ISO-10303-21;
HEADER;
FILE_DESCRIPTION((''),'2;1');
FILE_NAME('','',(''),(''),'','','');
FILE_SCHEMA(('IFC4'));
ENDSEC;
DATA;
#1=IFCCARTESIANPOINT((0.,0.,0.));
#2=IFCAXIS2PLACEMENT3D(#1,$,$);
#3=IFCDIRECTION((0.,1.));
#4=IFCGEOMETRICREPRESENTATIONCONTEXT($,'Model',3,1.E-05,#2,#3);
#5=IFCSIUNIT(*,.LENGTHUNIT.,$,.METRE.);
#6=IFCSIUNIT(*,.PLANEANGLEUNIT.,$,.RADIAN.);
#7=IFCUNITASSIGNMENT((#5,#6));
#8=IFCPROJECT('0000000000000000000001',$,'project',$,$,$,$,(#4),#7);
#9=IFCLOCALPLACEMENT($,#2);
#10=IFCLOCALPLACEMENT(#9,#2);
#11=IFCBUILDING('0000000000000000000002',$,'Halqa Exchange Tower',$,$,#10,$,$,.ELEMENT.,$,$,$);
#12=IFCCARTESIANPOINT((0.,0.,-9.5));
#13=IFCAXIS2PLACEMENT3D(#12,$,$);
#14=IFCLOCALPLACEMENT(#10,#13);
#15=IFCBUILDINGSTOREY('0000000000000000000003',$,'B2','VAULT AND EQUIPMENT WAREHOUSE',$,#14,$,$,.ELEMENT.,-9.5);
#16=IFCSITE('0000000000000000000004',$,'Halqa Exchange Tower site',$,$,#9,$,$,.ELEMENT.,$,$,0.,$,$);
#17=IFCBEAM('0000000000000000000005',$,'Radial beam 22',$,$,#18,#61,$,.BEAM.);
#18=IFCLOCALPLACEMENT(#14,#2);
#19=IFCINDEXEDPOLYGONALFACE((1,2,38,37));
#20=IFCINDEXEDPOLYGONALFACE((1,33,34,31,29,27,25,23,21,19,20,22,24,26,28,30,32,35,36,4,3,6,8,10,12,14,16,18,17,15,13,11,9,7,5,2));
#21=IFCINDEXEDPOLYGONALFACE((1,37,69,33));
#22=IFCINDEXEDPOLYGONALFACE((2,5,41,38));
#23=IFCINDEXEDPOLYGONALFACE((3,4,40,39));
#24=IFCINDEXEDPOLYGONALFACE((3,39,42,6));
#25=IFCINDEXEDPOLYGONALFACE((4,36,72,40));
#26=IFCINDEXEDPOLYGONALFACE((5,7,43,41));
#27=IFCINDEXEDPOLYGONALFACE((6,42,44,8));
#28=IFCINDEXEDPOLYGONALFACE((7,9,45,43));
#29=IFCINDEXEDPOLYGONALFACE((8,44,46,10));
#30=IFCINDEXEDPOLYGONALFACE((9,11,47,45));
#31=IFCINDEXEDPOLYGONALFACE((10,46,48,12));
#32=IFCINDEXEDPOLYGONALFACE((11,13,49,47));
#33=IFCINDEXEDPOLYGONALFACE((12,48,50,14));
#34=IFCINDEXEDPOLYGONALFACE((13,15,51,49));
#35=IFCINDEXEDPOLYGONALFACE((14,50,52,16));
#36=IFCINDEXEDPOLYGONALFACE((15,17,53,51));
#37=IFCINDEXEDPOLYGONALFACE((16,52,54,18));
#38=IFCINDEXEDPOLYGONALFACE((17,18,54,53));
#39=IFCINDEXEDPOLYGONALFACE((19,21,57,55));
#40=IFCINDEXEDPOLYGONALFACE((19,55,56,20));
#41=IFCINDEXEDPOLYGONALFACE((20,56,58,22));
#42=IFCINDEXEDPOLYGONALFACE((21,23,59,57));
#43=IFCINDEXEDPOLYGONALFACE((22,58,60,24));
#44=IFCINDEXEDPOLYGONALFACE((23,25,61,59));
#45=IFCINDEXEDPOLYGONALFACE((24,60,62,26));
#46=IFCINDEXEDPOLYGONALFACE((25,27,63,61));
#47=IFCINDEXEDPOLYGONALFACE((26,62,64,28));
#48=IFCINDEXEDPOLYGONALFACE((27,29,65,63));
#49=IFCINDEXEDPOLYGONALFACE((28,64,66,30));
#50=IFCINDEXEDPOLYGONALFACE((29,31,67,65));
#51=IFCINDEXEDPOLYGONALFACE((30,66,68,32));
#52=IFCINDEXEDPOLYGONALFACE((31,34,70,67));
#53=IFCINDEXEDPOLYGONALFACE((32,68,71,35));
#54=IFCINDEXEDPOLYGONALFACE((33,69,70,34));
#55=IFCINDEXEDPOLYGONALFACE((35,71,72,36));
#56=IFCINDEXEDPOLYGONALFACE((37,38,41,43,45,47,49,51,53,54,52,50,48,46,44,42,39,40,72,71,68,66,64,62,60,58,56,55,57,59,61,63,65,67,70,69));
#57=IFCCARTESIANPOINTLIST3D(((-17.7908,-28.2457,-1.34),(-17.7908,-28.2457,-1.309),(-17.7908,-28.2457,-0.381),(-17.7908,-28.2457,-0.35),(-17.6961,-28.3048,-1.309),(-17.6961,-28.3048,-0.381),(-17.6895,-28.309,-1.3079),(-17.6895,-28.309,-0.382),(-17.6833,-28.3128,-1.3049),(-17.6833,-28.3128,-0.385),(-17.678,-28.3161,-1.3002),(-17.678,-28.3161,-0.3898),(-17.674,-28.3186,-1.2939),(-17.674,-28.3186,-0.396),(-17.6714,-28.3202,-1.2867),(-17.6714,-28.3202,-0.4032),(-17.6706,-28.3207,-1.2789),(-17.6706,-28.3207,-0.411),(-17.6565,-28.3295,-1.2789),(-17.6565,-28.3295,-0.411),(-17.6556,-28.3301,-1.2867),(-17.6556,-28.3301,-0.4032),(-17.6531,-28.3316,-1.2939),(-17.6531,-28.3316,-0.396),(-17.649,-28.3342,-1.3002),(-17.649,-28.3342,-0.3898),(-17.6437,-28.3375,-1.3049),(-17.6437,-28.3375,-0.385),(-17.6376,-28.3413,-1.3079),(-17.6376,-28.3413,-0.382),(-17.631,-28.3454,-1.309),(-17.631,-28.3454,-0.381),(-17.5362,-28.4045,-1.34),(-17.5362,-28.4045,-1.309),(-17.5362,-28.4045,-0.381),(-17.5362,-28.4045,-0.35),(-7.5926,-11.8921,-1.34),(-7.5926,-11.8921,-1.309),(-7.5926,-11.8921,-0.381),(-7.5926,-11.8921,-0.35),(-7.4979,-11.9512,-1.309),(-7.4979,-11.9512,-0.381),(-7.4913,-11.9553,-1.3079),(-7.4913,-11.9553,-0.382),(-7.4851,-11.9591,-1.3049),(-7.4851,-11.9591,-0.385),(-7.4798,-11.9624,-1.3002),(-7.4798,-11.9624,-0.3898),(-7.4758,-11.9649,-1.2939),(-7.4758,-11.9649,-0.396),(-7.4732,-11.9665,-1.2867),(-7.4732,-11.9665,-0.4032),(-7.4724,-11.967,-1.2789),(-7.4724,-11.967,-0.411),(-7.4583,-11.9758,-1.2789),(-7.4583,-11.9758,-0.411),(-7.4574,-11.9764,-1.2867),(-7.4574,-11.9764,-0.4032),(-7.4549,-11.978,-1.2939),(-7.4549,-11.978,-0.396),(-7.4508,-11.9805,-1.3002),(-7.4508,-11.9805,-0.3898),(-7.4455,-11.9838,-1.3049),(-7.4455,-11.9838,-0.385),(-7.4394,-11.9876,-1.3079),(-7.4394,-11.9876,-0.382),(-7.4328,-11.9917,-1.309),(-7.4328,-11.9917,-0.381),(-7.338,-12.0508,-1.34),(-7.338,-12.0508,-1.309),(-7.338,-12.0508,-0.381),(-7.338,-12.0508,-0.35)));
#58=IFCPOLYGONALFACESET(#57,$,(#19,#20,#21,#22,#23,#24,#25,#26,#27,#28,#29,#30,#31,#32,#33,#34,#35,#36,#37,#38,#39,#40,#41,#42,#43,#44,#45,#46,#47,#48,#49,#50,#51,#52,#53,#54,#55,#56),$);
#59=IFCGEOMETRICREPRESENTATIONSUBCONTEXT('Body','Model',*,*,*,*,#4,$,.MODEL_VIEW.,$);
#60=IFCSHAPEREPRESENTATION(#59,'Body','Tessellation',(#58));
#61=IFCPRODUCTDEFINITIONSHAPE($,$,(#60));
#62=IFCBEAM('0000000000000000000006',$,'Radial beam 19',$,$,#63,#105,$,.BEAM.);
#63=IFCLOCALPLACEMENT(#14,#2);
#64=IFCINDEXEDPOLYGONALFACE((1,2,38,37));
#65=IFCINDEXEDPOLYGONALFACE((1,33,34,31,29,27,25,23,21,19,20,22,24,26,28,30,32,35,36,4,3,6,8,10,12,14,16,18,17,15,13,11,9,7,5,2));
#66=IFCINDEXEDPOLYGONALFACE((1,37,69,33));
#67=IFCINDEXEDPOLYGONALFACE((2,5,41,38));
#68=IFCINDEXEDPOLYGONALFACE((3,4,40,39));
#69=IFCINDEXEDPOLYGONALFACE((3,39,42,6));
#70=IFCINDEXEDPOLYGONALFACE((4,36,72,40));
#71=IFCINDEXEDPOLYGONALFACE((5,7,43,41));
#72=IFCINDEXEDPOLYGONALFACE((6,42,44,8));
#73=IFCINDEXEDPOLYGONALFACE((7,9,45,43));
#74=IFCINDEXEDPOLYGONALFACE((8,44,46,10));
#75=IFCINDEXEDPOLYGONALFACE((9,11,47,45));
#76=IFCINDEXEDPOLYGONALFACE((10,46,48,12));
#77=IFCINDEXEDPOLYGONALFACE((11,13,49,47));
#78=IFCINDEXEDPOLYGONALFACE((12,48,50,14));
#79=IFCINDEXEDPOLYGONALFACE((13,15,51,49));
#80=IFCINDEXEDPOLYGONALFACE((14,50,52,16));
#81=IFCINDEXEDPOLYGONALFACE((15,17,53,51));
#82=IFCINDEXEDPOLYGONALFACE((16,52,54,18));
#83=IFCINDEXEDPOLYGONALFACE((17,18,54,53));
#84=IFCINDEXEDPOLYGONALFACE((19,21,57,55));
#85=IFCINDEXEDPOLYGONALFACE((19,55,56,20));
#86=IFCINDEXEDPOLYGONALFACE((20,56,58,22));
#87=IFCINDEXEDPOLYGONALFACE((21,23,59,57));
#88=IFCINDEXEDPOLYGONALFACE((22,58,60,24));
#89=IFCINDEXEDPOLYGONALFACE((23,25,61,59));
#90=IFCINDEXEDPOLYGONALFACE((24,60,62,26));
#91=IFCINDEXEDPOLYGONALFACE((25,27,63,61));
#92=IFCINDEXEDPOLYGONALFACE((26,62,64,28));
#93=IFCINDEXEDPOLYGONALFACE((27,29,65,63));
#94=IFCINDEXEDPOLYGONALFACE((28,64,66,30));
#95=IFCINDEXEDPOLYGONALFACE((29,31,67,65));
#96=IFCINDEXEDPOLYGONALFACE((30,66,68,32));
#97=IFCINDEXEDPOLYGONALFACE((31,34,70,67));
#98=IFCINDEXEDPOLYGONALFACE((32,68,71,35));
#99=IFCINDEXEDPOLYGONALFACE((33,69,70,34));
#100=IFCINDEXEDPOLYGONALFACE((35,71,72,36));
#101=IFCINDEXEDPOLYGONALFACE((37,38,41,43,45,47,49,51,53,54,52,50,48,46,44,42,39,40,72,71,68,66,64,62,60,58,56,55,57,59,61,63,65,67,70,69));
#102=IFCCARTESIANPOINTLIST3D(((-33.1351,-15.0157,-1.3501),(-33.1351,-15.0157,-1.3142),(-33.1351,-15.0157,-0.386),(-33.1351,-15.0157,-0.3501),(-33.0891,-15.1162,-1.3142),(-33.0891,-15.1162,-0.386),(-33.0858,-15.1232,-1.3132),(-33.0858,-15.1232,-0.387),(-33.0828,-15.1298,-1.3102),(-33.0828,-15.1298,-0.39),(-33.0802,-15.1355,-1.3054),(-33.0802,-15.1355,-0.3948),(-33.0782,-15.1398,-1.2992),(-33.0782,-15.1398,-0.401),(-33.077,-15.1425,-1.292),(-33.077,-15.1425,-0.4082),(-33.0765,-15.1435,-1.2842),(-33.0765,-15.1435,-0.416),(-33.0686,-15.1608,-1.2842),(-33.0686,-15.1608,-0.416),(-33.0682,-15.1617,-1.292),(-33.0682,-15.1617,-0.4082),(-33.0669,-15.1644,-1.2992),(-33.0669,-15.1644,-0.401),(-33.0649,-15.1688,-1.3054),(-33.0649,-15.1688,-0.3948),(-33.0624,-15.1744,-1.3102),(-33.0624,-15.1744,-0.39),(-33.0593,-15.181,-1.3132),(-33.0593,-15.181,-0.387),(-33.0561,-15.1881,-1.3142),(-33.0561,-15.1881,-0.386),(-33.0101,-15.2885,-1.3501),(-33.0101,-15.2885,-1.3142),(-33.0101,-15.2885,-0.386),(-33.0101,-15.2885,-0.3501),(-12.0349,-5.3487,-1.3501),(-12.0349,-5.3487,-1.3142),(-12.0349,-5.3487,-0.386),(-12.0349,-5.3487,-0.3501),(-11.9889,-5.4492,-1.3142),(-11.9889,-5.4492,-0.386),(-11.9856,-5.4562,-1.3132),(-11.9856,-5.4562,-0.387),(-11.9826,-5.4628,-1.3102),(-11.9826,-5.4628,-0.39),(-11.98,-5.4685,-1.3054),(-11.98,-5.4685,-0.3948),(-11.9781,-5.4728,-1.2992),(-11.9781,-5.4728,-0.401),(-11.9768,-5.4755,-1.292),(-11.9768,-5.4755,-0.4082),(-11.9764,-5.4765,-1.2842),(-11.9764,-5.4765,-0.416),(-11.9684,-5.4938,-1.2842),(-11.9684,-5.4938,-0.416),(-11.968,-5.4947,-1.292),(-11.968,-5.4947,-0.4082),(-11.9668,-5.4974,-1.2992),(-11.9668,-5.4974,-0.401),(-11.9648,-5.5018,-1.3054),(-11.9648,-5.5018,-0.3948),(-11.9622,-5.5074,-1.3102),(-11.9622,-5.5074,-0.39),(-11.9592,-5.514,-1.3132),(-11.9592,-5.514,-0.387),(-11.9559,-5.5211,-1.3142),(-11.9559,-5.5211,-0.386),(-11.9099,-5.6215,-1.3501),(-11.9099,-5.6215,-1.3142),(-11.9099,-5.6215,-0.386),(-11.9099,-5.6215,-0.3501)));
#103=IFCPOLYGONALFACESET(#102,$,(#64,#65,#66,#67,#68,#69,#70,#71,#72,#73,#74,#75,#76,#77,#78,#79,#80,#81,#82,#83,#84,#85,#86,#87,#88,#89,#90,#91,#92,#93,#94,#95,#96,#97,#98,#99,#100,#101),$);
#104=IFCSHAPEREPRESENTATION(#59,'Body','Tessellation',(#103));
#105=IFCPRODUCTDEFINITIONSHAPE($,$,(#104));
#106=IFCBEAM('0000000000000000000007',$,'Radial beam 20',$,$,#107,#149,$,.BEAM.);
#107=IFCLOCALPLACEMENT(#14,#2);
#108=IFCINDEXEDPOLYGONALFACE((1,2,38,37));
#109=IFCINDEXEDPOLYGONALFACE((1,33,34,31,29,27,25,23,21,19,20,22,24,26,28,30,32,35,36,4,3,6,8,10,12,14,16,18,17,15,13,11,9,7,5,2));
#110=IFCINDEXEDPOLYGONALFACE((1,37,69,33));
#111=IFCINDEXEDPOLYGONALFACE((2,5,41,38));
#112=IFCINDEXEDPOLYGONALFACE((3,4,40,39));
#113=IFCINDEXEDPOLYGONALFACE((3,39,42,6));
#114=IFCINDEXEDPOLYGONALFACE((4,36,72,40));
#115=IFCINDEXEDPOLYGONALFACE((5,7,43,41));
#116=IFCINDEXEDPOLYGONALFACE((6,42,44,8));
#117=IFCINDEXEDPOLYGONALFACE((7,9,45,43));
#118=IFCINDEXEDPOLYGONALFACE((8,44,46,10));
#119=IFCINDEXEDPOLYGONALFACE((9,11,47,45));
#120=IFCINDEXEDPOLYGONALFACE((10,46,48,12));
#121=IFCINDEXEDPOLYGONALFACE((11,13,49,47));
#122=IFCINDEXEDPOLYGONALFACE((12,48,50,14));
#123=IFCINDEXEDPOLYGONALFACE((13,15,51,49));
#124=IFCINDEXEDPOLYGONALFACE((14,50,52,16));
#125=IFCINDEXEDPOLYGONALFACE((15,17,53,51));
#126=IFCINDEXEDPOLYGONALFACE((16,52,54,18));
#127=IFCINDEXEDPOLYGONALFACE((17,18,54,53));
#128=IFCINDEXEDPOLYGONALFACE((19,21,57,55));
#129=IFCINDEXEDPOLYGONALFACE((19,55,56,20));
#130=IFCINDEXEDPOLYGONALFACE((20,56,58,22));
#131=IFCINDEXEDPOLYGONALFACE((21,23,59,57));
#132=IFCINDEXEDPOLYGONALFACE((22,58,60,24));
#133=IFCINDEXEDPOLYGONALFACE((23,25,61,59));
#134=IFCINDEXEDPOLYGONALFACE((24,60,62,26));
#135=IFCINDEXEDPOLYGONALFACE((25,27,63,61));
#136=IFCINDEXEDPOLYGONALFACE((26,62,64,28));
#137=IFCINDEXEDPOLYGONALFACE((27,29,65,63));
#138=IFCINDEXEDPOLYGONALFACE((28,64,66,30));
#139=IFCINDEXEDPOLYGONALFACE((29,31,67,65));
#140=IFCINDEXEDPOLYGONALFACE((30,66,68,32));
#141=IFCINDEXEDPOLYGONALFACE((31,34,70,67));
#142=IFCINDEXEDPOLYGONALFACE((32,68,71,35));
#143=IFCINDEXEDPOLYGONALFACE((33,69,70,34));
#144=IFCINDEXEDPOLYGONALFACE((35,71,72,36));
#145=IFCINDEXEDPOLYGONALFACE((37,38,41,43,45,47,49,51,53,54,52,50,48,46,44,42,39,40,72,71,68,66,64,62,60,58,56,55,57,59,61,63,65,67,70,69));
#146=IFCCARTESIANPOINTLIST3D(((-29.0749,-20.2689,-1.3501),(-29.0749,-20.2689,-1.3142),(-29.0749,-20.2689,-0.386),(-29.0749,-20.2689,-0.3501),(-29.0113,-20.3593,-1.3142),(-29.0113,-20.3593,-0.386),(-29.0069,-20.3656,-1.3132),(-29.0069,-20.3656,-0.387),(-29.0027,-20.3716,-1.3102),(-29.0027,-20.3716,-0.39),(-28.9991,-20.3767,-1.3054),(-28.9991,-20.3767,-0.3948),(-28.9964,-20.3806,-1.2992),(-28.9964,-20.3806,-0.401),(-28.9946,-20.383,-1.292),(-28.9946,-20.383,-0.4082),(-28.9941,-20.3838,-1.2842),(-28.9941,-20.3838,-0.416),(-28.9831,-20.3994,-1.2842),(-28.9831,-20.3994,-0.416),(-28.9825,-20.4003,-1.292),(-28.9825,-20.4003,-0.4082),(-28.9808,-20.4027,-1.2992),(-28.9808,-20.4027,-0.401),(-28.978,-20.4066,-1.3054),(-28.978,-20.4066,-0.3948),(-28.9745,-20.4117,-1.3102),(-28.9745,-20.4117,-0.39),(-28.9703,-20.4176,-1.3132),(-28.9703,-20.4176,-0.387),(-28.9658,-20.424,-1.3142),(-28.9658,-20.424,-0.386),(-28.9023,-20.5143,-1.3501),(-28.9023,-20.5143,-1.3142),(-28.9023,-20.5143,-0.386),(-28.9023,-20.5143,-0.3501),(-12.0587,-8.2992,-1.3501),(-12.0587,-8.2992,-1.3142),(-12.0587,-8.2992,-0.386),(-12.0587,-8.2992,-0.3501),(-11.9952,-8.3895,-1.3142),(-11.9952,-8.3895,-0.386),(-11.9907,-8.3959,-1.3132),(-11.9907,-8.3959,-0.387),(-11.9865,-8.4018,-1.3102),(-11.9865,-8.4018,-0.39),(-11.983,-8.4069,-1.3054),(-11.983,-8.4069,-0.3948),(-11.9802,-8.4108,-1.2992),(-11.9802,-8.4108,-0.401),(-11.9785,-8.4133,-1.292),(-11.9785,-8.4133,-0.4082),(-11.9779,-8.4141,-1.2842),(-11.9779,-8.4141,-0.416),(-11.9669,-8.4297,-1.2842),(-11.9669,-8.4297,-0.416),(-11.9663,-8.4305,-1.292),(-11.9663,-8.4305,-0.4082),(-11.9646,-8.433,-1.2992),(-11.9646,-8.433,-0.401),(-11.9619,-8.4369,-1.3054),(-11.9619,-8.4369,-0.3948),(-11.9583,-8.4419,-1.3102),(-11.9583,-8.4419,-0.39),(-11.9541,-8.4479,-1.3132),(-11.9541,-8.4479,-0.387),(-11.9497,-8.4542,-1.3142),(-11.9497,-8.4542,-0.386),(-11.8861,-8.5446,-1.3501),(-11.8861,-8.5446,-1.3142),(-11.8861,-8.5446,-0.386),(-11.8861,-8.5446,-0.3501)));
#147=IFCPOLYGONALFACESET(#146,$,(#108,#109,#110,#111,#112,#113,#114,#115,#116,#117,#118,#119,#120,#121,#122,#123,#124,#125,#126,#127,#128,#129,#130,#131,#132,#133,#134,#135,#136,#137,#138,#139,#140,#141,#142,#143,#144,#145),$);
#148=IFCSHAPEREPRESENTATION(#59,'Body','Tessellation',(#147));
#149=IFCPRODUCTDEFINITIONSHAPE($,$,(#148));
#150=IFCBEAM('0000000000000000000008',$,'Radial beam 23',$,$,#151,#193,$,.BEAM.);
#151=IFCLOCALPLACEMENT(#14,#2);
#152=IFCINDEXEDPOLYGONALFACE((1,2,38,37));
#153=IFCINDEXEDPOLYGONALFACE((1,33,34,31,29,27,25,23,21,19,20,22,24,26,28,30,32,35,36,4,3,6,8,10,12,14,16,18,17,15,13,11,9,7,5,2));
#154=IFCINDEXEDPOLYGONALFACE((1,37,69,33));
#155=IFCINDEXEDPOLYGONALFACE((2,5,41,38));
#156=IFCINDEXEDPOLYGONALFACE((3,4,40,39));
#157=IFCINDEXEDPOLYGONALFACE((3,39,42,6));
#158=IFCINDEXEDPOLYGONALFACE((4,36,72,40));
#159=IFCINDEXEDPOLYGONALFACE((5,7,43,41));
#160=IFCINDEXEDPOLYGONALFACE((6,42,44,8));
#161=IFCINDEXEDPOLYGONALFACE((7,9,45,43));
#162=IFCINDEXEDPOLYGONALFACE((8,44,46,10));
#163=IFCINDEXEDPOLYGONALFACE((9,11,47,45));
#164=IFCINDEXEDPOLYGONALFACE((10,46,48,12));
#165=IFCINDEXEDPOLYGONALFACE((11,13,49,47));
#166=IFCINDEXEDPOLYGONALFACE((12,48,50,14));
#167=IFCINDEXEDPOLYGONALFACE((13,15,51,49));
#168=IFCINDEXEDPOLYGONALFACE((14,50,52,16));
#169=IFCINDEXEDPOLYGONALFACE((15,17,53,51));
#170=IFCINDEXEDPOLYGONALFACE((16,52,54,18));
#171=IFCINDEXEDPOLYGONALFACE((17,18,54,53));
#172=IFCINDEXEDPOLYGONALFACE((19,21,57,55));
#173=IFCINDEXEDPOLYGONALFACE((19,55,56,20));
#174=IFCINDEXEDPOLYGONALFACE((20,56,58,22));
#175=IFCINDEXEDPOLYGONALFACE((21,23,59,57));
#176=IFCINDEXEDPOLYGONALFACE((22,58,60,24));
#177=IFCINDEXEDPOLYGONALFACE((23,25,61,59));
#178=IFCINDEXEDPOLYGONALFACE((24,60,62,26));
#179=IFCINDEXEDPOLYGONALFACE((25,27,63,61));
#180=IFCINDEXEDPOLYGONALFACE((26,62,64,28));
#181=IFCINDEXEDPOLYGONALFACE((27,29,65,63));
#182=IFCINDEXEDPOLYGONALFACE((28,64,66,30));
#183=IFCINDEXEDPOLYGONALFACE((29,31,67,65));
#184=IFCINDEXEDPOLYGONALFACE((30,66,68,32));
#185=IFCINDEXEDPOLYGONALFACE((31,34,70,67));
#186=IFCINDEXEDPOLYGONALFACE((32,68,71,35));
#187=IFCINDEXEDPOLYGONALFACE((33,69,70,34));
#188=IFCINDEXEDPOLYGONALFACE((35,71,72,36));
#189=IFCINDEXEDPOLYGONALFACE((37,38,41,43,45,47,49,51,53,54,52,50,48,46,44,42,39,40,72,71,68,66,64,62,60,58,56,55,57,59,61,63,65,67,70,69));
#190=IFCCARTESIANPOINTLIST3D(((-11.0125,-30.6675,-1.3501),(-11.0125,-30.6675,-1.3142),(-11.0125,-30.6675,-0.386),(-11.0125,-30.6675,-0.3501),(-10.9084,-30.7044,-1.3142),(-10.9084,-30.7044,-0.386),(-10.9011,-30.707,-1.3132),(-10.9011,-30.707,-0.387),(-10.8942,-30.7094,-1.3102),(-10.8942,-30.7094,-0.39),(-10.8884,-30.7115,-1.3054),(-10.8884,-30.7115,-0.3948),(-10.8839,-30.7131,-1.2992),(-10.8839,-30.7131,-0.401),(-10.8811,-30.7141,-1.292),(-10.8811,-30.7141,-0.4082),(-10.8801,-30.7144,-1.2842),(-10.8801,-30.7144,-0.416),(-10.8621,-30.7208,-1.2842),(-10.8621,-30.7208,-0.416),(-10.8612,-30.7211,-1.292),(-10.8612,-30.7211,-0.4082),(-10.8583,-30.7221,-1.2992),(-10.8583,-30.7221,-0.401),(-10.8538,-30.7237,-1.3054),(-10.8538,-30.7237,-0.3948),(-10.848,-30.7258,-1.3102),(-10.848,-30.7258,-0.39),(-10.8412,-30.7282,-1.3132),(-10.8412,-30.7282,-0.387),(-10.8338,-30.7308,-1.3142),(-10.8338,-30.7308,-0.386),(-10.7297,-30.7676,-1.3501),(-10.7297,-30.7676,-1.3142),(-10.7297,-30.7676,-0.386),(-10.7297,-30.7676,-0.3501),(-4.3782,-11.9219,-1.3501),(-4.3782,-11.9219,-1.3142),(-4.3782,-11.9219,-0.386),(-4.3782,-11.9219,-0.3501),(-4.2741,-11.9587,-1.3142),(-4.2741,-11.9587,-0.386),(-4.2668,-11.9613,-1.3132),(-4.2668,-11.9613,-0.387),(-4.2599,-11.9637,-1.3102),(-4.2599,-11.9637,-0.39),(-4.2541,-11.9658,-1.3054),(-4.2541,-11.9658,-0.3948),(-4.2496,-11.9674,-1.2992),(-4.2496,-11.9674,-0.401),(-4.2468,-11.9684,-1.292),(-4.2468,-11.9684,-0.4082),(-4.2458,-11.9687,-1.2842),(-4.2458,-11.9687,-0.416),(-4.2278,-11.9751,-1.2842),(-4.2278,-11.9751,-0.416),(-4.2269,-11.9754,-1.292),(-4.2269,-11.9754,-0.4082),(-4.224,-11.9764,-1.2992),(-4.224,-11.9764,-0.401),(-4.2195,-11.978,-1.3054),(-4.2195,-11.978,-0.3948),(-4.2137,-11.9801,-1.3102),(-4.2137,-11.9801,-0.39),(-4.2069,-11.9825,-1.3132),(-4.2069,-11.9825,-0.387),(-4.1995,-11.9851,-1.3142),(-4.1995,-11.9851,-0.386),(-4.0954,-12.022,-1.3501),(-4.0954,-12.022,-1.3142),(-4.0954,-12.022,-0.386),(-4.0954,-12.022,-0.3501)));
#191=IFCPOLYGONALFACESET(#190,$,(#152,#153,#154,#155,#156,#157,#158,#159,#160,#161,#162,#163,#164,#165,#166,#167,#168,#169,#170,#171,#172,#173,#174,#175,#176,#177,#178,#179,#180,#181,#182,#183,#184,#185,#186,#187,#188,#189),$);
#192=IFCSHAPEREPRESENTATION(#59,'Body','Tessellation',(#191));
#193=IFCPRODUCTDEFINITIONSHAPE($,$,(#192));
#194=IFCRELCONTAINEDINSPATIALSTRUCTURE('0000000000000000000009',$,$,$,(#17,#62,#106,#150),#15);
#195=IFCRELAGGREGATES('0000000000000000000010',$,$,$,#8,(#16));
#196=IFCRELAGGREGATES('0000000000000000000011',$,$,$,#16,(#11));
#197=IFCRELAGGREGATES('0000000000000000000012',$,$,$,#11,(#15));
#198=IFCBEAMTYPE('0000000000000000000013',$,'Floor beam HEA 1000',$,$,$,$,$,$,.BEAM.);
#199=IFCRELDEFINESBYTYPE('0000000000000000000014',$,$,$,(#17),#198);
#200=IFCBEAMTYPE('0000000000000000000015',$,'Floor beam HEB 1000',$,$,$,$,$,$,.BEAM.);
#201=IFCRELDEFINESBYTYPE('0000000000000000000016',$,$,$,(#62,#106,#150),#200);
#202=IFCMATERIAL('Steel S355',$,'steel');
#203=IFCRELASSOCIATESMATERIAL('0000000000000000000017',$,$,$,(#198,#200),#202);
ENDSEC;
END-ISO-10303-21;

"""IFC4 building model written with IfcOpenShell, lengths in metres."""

from ifc_helpers import new_model, si_unit, direction, frame, origin, origin_2d, place, context, subcontext, project, spatial, i_section, extrude, material, material_profile, profile_set, type_object, element, save


model = new_model("IFC4")

# Units and contexts
model_context = context("Model", 3, precision=1e-05, world=origin(), true_north=direction((0.0, 1.0)))
body_context = subcontext(model_context, "Body", "Model", "MODEL_VIEW")
ifc_project = project(units=[si_unit("LENGTHUNIT", "METRE"), si_unit("PLANEANGLEUNIT", "RADIAN")], contexts=[model_context])

# Site, building, storey
site_placement = place(None, origin())
site = spatial("IfcSite", under=ifc_project, at=site_placement, Name="Halqa Exchange Tower site", CompositionType="ELEMENT", RefElevation=0.0)
building_placement = place(site_placement, origin())
building = spatial("IfcBuilding", under=site, at=building_placement, Name="Halqa Exchange Tower", CompositionType="ELEMENT")
storey_placement = place(building_placement, frame((0.0, 0.0, -9.5)))
storey = spatial("IfcBuildingStorey", under=building, at=storey_placement, Name="B2", Description="VAULT AND EQUIPMENT WAREHOUSE", CompositionType="ELEMENT", Elevation=-9.5)

# Beams
ifc_material_1 = material(Name="Steel S355", Category="steel")
ifc_material_profile_1 = material_profile(ifc_material_1, i_section(OverallWidth=0.3, OverallDepth=0.99, WebThickness=0.0166, FlangeThickness=0.031, FilletRadius=0.03, at=origin_2d()), Name="HEA 1000")
ifc_profile_set_1 = profile_set([ifc_material_profile_1], Name="Steel S355")
beam_type_1 = type_object("IfcBeamType", Name="Floor beam HEA 1000", PredefinedType="BEAM", material=ifc_profile_set_1)
beam_1_placement = place(storey_placement, frame((-7.4653, -11.9714, -0.845), z_axis=(-0.529146, -0.848531, 0.0), x_axis=(0.848531, -0.529146, 0.0)))
element("IfcBeam", 1, at=beam_1_placement, inside=storey, type_object=beam_type_1, Name="Radial beam 22", PredefinedType="BEAM", context=body_context, shape_type="SweptSolid", body=[
    extrude(i_section(OverallWidth=0.3, OverallDepth=0.99, WebThickness=0.0166, FlangeThickness=0.031, FilletRadius=0.03, at=origin_2d()), origin(), (0.0, 0.0, 1.0), 19.2729),
])
ifc_material_profile_2 = material_profile(ifc_material_1, i_section(OverallWidth=0.3, OverallDepth=1.0, WebThickness=0.019, FlangeThickness=0.0359, FilletRadius=0.03, at=origin_2d()), Name="HEB 1000")
ifc_profile_set_2 = profile_set([ifc_material_profile_2], Name="Steel S355")
beam_type_2 = type_object("IfcBeamType", Name="Floor beam HEB 1000", PredefinedType="BEAM", material=ifc_profile_set_2)
beam_2_placement = place(storey_placement, frame((-11.9724, -5.4851, -0.8501), z_axis=(-0.909128, -0.416516, 0.0), x_axis=(0.416516, -0.909128, 0.0)))
element("IfcBeam", 2, at=beam_2_placement, inside=storey, type_object=beam_type_2, Name="Radial beam 19", PredefinedType="BEAM", context=body_context, shape_type="SweptSolid", body=[
    extrude(i_section(OverallWidth=0.3, OverallDepth=1.0, WebThickness=0.019, FlangeThickness=0.0359, FilletRadius=0.03, at=origin_2d()), origin(), (0.0, 0.0, 1.0), 23.2092),
])
beam_3_placement = place(storey_placement, frame((-11.9724, -8.4219, -0.8501), z_axis=(-0.81791, -0.575346, 0.0), x_axis=(0.575346, -0.81791, 0.0)))
element("IfcBeam", 3, at=beam_3_placement, inside=storey, type_object=beam_type_2, Name="Radial beam 20", PredefinedType="BEAM", context=body_context, shape_type="SweptSolid", body=[
    extrude(i_section(OverallWidth=0.3, OverallDepth=1.0, WebThickness=0.019, FlangeThickness=0.0359, FilletRadius=0.03, at=origin_2d()), origin(), (0.0, 0.0, 1.0), 20.8044),
])
beam_4_placement = place(storey_placement, frame((-4.2368, -11.9719, -0.8501), z_axis=(-0.333633, -0.942703, 0.0), x_axis=(0.942703, -0.333633, 0.0)))
element("IfcBeam", 4, at=beam_4_placement, inside=storey, type_object=beam_type_2, Name="Radial beam 23", PredefinedType="BEAM", context=body_context, shape_type="SweptSolid", body=[
    extrude(i_section(OverallWidth=0.3, OverallDepth=1.0, WebThickness=0.019, FlangeThickness=0.0359, FilletRadius=0.03, at=origin_2d()), origin(), (0.0, 0.0, 1.0), 19.885),
])

save(model, "model.ifc")
